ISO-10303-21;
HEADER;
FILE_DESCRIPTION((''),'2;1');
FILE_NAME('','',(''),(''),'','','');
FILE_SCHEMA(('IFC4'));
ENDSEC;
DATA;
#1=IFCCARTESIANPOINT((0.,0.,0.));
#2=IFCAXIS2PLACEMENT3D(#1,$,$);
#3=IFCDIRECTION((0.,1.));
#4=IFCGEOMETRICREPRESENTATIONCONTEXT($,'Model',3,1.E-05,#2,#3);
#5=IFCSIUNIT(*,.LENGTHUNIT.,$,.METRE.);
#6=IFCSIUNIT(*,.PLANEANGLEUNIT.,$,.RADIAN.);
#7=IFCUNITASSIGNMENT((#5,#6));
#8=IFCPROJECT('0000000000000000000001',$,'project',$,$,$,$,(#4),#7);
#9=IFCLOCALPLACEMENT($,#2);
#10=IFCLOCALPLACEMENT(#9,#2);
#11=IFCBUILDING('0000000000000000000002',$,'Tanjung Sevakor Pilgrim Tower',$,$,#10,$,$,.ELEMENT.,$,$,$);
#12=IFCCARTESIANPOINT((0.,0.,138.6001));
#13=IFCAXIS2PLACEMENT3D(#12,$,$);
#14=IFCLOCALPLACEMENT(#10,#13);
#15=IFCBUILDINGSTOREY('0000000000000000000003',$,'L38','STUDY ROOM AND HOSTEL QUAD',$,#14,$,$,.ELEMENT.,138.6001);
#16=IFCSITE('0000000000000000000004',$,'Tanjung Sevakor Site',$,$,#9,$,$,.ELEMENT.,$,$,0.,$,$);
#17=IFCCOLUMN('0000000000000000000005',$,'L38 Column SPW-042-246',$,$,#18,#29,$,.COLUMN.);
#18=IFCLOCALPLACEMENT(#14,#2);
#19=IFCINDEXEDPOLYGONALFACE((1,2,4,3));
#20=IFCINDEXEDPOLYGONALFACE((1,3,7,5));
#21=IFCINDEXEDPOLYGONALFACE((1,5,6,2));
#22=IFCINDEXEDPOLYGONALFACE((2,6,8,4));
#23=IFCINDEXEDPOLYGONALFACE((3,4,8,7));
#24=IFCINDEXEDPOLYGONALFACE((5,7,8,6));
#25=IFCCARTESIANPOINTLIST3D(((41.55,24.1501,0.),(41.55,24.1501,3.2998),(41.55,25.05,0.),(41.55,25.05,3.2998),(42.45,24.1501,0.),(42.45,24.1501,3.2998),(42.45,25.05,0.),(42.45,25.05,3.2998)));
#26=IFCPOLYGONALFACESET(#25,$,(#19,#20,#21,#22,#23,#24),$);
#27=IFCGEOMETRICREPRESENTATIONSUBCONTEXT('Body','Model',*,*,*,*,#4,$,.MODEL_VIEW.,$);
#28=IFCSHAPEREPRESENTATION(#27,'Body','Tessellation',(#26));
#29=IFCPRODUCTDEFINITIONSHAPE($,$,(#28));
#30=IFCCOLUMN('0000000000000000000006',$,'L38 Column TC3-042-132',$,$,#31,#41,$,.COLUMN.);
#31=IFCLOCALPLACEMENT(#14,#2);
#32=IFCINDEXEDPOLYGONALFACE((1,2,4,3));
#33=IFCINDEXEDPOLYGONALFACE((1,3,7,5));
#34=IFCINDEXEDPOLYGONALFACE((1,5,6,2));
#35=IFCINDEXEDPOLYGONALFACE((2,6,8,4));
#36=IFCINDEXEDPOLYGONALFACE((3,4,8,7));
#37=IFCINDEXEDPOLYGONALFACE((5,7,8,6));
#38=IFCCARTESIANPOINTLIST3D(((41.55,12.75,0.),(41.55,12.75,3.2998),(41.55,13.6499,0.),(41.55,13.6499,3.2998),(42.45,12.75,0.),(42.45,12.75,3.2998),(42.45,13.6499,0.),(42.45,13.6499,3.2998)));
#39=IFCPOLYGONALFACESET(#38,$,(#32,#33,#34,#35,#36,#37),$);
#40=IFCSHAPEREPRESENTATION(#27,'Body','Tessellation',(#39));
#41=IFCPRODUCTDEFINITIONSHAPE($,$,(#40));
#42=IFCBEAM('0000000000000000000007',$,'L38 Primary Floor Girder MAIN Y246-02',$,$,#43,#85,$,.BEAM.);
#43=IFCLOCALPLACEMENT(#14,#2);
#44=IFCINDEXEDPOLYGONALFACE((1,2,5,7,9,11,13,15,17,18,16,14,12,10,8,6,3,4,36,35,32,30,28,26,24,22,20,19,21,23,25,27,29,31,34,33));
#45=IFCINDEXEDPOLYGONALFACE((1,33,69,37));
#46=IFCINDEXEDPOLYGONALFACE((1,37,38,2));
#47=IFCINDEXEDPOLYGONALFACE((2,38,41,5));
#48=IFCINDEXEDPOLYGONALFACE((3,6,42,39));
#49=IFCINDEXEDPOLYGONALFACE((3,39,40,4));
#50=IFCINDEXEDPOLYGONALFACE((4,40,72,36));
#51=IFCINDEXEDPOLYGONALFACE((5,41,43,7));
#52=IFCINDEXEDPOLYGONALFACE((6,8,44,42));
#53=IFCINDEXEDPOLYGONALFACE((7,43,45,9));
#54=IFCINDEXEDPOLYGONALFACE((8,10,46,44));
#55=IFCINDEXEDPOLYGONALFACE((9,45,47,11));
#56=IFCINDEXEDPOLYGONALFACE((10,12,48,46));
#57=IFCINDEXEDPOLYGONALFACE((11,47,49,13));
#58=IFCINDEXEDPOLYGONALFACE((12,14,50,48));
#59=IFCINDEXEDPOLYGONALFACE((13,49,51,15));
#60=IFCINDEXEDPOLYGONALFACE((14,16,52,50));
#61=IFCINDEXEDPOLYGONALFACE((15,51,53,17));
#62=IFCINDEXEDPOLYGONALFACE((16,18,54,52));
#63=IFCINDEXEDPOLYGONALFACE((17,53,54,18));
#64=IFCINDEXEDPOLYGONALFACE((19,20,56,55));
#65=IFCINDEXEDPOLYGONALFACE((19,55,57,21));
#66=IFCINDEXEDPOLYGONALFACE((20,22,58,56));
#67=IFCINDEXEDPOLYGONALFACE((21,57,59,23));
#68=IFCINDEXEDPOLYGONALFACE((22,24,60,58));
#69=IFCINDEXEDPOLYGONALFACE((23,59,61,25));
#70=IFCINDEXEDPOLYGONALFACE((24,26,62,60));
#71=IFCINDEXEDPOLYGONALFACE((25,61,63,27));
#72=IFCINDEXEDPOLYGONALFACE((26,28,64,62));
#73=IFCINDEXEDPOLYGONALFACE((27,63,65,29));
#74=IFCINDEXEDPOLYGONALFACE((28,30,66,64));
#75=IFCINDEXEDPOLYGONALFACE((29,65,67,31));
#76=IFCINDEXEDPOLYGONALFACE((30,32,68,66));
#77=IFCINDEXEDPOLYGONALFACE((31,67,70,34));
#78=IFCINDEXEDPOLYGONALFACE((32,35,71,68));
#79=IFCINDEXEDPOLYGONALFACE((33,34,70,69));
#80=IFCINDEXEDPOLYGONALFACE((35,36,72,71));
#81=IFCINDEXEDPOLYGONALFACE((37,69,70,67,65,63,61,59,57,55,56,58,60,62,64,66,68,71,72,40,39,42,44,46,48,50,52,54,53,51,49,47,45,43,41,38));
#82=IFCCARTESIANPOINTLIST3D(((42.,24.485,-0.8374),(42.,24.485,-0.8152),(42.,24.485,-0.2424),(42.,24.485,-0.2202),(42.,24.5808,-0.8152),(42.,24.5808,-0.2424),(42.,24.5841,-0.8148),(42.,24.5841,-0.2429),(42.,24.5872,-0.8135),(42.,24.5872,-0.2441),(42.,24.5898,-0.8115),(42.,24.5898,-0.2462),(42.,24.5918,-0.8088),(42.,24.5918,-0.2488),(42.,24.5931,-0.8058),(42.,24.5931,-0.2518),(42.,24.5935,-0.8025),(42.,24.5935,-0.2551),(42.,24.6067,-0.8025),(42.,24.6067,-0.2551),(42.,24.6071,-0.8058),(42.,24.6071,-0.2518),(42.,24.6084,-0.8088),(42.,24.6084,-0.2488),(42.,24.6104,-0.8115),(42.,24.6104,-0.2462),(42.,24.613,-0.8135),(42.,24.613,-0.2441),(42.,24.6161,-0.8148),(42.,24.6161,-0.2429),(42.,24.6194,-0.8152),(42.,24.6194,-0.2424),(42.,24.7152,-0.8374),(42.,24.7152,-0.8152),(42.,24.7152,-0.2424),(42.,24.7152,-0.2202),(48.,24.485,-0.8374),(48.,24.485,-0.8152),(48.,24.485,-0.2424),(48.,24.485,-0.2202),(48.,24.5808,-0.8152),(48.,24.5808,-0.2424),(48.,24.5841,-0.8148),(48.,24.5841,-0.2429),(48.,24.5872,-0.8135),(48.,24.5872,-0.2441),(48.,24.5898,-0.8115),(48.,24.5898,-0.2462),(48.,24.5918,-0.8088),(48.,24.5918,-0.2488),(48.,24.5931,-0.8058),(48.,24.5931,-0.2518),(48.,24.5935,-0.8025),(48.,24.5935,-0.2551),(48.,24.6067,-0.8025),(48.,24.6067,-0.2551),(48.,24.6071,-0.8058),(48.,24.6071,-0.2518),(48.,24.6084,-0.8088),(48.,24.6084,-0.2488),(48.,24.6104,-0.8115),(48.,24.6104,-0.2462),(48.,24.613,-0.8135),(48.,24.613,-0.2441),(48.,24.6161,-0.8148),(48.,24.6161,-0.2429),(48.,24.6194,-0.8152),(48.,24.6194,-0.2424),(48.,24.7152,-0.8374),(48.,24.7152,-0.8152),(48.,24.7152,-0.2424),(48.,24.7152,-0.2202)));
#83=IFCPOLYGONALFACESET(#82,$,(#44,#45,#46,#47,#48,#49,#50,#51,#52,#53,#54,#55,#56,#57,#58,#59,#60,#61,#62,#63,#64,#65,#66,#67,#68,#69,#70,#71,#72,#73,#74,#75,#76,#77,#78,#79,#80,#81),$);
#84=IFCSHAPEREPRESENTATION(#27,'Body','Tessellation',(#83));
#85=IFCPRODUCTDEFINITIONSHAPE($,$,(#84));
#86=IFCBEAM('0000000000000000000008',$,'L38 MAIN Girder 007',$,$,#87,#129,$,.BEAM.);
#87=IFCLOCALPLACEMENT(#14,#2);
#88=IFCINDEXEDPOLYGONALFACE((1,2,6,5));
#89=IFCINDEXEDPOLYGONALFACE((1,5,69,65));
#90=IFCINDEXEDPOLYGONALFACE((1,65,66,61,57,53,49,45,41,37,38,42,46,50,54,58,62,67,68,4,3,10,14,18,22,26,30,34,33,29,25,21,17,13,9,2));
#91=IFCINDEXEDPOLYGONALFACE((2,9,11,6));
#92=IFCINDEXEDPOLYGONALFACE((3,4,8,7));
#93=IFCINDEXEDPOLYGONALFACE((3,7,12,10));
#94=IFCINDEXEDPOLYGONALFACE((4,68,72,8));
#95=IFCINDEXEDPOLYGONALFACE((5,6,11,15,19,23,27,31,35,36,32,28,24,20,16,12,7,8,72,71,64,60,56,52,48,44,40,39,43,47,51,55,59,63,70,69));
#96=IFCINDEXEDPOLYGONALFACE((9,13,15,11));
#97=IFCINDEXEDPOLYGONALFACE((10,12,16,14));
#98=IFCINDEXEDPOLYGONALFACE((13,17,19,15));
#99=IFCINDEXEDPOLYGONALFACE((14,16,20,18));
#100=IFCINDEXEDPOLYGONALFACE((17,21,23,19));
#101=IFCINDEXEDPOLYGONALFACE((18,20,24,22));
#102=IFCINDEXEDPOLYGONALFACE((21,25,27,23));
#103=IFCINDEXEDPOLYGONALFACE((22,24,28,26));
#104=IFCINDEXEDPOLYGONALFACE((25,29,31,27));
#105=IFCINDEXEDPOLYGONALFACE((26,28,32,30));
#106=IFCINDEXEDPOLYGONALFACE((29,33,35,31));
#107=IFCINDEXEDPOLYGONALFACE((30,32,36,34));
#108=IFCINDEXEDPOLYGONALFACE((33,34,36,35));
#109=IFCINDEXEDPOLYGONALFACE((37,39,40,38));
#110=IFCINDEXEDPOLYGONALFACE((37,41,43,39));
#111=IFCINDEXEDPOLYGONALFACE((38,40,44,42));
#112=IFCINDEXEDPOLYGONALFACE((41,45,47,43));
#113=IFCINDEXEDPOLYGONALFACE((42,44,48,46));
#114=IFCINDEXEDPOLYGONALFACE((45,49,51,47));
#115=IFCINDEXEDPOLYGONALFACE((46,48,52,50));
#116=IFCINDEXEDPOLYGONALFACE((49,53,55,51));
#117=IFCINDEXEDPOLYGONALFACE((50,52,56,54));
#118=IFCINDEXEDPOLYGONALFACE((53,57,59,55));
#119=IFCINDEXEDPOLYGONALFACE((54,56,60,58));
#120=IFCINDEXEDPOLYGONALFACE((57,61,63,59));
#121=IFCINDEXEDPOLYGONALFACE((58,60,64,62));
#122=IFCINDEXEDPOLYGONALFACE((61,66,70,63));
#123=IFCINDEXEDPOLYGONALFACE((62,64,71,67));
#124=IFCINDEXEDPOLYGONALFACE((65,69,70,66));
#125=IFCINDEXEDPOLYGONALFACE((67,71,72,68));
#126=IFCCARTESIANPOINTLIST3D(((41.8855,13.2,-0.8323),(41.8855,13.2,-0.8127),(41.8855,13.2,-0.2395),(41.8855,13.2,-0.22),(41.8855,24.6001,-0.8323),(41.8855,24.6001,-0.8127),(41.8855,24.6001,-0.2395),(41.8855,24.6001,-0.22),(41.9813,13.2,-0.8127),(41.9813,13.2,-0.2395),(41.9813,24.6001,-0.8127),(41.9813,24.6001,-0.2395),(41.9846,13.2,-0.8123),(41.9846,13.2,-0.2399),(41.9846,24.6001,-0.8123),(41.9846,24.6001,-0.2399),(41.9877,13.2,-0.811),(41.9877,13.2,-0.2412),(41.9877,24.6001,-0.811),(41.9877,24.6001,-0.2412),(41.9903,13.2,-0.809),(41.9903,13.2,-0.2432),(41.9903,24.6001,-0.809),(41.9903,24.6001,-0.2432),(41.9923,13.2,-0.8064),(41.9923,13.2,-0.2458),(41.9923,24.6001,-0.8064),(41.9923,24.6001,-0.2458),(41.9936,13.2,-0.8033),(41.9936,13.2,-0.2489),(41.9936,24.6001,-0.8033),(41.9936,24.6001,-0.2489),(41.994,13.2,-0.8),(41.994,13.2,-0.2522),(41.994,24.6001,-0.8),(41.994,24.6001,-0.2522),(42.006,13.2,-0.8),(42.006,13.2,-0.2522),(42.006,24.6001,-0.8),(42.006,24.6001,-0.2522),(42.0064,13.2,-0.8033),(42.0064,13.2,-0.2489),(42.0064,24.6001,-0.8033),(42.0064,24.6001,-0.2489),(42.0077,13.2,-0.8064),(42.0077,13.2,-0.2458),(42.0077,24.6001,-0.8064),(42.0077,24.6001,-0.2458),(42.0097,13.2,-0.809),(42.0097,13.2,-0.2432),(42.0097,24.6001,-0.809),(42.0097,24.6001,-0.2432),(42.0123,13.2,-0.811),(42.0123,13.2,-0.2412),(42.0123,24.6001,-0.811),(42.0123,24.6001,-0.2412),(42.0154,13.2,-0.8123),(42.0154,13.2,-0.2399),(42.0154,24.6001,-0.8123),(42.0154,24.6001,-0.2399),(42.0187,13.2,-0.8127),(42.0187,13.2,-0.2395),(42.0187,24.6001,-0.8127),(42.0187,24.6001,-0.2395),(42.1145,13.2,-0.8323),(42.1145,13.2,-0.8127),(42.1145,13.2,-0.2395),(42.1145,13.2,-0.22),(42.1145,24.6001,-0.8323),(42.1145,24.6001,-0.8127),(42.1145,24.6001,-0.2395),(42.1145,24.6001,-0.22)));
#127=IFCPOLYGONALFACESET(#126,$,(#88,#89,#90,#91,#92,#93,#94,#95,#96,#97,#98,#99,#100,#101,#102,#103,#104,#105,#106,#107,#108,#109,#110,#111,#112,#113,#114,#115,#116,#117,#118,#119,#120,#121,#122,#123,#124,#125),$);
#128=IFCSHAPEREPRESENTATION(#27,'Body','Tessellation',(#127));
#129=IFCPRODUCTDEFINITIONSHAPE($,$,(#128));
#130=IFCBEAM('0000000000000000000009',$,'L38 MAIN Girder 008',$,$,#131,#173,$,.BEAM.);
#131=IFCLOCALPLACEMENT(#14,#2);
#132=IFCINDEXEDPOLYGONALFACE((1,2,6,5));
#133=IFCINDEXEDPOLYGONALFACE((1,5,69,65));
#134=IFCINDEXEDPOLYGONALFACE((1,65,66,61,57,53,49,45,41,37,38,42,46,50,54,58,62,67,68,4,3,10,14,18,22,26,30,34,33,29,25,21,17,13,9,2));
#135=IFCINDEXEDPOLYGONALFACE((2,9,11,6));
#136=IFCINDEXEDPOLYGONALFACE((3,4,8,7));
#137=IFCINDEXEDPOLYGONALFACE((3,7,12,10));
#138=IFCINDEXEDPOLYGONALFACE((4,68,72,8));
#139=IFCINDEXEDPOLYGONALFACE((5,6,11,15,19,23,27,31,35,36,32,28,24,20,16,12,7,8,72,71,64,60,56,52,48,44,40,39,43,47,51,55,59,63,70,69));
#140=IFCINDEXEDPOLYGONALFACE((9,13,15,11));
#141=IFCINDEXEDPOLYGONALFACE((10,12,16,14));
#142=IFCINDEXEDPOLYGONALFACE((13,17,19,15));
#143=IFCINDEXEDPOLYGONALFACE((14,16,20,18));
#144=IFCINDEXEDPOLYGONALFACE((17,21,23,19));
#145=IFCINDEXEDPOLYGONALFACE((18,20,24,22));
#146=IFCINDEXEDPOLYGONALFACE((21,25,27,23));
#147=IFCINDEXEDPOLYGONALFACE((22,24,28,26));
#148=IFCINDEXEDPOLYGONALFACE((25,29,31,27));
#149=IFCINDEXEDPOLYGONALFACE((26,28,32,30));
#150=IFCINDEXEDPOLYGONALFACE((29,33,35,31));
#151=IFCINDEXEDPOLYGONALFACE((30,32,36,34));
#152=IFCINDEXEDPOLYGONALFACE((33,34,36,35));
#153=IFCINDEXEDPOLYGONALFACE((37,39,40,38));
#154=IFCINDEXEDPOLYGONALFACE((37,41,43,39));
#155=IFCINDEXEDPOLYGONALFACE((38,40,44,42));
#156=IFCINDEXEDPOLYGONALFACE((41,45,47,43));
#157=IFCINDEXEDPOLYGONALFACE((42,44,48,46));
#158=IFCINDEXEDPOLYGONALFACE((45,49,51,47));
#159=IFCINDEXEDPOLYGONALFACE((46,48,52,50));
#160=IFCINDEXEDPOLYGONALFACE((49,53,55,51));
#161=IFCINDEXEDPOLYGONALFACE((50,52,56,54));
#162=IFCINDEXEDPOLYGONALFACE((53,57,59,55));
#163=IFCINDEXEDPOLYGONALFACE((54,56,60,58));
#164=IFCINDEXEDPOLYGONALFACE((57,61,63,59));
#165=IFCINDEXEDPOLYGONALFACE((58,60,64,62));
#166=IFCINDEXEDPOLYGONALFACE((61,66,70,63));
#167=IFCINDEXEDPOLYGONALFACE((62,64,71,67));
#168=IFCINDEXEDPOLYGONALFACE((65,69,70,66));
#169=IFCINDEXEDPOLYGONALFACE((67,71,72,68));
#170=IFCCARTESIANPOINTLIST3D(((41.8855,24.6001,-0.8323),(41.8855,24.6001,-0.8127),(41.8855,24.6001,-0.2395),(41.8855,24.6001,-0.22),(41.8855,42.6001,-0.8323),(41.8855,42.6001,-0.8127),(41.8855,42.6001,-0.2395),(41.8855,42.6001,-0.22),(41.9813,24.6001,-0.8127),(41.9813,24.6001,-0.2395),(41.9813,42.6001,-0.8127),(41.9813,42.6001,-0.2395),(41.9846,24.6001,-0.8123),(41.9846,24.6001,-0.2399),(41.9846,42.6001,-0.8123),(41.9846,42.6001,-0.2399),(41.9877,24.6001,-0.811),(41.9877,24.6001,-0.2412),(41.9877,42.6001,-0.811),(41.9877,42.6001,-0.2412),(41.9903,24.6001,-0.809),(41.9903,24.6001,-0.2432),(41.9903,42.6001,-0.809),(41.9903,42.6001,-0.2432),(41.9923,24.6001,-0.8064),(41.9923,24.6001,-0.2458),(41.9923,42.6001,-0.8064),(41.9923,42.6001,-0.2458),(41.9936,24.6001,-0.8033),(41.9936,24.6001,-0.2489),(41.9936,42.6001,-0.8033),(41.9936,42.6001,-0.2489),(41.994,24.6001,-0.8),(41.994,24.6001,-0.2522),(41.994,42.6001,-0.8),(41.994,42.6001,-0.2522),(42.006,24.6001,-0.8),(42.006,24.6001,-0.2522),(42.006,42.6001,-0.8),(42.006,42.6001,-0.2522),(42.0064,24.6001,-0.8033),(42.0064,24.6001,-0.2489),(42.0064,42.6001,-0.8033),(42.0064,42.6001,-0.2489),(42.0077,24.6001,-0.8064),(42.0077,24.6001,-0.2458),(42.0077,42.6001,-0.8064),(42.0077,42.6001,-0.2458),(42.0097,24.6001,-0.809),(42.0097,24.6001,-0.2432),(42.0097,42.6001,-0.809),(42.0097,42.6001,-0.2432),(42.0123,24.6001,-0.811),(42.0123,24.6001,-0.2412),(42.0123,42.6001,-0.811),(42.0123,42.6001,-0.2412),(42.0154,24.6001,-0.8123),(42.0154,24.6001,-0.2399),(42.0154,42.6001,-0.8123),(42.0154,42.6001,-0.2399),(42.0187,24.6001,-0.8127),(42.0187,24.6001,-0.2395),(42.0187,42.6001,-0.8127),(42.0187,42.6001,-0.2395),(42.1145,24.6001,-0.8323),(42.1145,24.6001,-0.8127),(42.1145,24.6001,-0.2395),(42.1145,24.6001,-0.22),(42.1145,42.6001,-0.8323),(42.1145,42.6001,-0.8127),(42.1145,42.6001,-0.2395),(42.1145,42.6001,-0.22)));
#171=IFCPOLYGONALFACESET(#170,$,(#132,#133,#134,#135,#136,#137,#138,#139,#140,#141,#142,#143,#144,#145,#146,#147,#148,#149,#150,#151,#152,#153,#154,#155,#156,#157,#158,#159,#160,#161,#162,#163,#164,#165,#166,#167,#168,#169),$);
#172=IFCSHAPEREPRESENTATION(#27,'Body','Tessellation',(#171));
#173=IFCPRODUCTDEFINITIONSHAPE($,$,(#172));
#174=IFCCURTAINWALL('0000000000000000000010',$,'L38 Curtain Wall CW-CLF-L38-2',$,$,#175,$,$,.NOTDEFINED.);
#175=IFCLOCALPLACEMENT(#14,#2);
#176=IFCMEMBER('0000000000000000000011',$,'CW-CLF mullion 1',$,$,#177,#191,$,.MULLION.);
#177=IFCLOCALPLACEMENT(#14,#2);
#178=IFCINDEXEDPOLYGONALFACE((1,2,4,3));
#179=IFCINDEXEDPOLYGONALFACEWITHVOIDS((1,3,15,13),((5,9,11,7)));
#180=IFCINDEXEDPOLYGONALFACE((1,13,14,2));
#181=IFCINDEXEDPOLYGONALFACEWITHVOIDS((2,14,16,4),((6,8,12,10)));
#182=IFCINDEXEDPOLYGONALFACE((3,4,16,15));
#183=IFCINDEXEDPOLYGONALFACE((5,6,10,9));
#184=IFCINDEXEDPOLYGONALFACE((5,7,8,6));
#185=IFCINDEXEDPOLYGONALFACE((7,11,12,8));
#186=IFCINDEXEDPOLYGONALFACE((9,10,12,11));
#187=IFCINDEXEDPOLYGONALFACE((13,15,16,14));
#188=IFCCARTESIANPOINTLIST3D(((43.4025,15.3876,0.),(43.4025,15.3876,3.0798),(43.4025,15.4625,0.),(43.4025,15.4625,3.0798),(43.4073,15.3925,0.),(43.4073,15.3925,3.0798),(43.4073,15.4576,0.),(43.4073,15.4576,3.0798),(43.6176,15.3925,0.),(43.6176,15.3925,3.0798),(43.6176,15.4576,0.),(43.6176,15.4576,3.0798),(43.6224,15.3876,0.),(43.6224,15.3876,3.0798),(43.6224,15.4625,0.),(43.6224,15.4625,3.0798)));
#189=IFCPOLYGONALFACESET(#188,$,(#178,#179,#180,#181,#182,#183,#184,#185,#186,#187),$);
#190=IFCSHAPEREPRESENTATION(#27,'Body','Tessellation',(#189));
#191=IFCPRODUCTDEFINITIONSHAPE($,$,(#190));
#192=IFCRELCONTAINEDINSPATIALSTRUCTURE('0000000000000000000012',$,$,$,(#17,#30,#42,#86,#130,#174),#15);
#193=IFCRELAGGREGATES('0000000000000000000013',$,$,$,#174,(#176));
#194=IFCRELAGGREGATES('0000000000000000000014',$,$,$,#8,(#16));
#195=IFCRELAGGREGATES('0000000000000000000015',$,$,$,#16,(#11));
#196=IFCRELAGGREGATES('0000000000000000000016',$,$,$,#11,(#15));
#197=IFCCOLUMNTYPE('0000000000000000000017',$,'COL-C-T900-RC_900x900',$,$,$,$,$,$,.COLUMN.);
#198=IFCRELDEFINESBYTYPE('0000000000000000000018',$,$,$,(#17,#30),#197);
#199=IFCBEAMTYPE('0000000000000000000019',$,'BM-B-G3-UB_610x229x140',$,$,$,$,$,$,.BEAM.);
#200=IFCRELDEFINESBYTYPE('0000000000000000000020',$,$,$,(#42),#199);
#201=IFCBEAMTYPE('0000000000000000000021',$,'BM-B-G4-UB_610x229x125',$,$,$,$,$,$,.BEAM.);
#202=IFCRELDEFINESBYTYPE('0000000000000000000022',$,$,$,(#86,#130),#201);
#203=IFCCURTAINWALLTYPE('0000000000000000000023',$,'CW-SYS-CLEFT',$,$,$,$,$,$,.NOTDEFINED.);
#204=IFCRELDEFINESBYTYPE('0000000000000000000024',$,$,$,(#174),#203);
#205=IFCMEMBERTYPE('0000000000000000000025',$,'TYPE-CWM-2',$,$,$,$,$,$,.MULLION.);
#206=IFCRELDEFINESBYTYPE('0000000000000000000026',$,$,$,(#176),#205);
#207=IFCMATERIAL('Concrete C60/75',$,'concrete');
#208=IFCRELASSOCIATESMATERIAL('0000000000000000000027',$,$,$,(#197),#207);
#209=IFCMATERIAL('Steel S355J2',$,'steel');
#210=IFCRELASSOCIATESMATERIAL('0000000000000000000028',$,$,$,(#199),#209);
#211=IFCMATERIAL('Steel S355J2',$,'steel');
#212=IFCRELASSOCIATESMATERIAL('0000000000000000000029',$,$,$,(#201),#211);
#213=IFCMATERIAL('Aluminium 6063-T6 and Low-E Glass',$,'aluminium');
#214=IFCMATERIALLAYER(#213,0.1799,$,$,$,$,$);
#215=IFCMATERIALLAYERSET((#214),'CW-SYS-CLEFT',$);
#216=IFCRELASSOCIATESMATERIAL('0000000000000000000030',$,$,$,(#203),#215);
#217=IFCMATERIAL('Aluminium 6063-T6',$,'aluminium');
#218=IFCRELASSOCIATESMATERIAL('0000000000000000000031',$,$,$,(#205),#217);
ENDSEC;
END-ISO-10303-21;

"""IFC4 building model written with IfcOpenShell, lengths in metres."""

from ifc_helpers import new_model, si_unit, direction, frame, origin, origin_2d, place, context, subcontext, project, spatial, rectangle, hollow_rectangle, i_section, extrude, material, layer, layer_set, material_profile, profile_set, type_object, element, aggregate, save


model = new_model("IFC4")

# Units and contexts
model_context = context("Model", 3, precision=1e-05, world=origin(), true_north=direction((0.0, 1.0)))
body_context = subcontext(model_context, "Body", "Model", "MODEL_VIEW")
ifc_project = project(units=[si_unit("LENGTHUNIT", "METRE"), si_unit("PLANEANGLEUNIT", "RADIAN")], contexts=[model_context])

# Site, building, storey
site_placement = place(None, origin())
site = spatial("IfcSite", under=ifc_project, at=site_placement, Name="Tanjung Sevakor Site", CompositionType="ELEMENT", RefElevation=0.0)
building_placement = place(site_placement, origin())
building = spatial("IfcBuilding", under=site, at=building_placement, Name="Tanjung Sevakor Pilgrim Tower", CompositionType="ELEMENT")
storey_placement = place(building_placement, frame((0.0, 0.0, 138.6001)))
storey = spatial("IfcBuildingStorey", under=building, at=storey_placement, Name="L38", Description="STUDY ROOM AND HOSTEL QUAD", CompositionType="ELEMENT", Elevation=138.6001)

# Columns
ifc_material_1 = material(Name="Concrete C60/75", Category="concrete")
ifc_material_profile_1 = material_profile(ifc_material_1, rectangle(XDim=0.8999, YDim=0.8999, at=origin_2d()))
ifc_profile_set_1 = profile_set([ifc_material_profile_1], Name="Concrete C60/75")
column_type = type_object("IfcColumnType", Name="COL-C-T900-RC_900x900", PredefinedType="COLUMN", material=ifc_profile_set_1)
for number, where, z_axis, x_axis, name in (
    (1, (42.0, 24.6001, 0.0), (0.0, 0.0, 1.0), (1.0, 0.0, 0.0), "L38 Column SPW-042-246"),
    (2, (42.0, 13.2, 0.0), (0.0, 0.0, 1.0), (1.0, 0.0, 0.0), "L38 Column TC3-042-132"),
):
    element("IfcColumn", number, at=place(storey_placement, frame(where, z_axis=z_axis, x_axis=x_axis)), inside=storey, type_object=column_type, Name=name, PredefinedType="COLUMN", context=body_context, shape_type="SweptSolid", body=[
        extrude(rectangle(XDim=0.8999, YDim=0.8999, at=origin_2d()), origin(), (0.0, 0.0, 1.0), 3.2998),
    ])

# Beams
ifc_material_2 = material(Name="Steel S355J2", Category="steel")
ifc_material_profile_2 = material_profile(ifc_material_2, i_section(OverallWidth=0.2302, OverallDepth=0.6172, WebThickness=0.0132, FlangeThickness=0.0222, FilletRadius=0.0127, at=origin_2d()))
ifc_profile_set_2 = profile_set([ifc_material_profile_2], Name="Steel S355J2")
beam_type_1 = type_object("IfcBeamType", Name="BM-B-G3-UB_610x229x140", PredefinedType="BEAM", material=ifc_profile_set_2)
beam_1_placement = place(storey_placement, frame((42.0, 24.6001, -0.5288), z_axis=(1.0, 0.0, 0.0), x_axis=(0.0, 1.0, 0.0)))
element("IfcBeam", 3, at=beam_1_placement, inside=storey, type_object=beam_type_1, Name="L38 Primary Floor Girder MAIN Y246-02", PredefinedType="BEAM", context=body_context, shape_type="SweptSolid", body=[
    extrude(i_section(OverallWidth=0.2302, OverallDepth=0.6172, WebThickness=0.0132, FlangeThickness=0.0222, FilletRadius=0.0127, at=origin_2d()), origin(), (0.0, 0.0, 1.0), 6.0),
])
ifc_material_3 = material(Name="Steel S355J2", Category="steel")
ifc_material_profile_3 = material_profile(ifc_material_3, i_section(OverallWidth=0.229, OverallDepth=0.6123, WebThickness=0.012, FlangeThickness=0.0195, FilletRadius=0.0127, at=origin_2d()))
ifc_profile_set_3 = profile_set([ifc_material_profile_3], Name="Steel S355J2")
beam_type_2 = type_object("IfcBeamType", Name="BM-B-G4-UB_610x229x125", PredefinedType="BEAM", material=ifc_profile_set_3)
beam_2_placement = place(storey_placement, frame((42.0, 13.2, -0.5261), z_axis=(0.0, 1.0, 0.0), x_axis=(-1.0, 0.0, 0.0)))
element("IfcBeam", 4, at=beam_2_placement, inside=storey, type_object=beam_type_2, Name="L38 MAIN Girder 007", PredefinedType="BEAM", context=body_context, shape_type="SweptSolid", body=[
    extrude(i_section(OverallWidth=0.229, OverallDepth=0.6123, WebThickness=0.012, FlangeThickness=0.0195, FilletRadius=0.0127, at=origin_2d()), origin(), (0.0, 0.0, 1.0), 11.4001),
])
beam_3_placement = place(storey_placement, frame((42.0, 24.6001, -0.5261), z_axis=(0.0, 1.0, 0.0), x_axis=(-1.0, 0.0, 0.0)))
element("IfcBeam", 5, at=beam_3_placement, inside=storey, type_object=beam_type_2, Name="L38 MAIN Girder 008", PredefinedType="BEAM", context=body_context, shape_type="SweptSolid", body=[
    extrude(i_section(OverallWidth=0.229, OverallDepth=0.6123, WebThickness=0.012, FlangeThickness=0.0195, FilletRadius=0.0127, at=origin_2d()), origin(), (0.0, 0.0, 1.0), 18.0),
])

# Curtain wall, member
ifc_material_4 = material(Name="Aluminium 6063-T6 and Low-E Glass", Category="aluminium")
ifc_layer_1 = layer(ifc_material_4, 0.1799)
ifc_layer_set_1 = layer_set([ifc_layer_1], Name="CW-SYS-CLEFT")
curtain_wall_type = type_object("IfcCurtainWallType", Name="CW-SYS-CLEFT", PredefinedType="NOTDEFINED", material=ifc_layer_set_1)
curtain_wall_placement = place(storey_placement, origin())
curtain_wall = element("IfcCurtainWall", 6, at=curtain_wall_placement, inside=storey, type_object=curtain_wall_type, Name="L38 Curtain Wall CW-CLF-L38-2", PredefinedType="NOTDEFINED")
ifc_material_5 = material(Name="Aluminium 6063-T6", Category="aluminium")
ifc_material_profile_4 = material_profile(ifc_material_5, hollow_rectangle(XDim=0.075, YDim=0.22, WallThickness=0.0049, at=origin_2d()))
ifc_profile_set_4 = profile_set([ifc_material_profile_4], Name="Aluminium 6063-T6")
member_type_1 = type_object("IfcMemberType", Name="TYPE-CWM-2", PredefinedType="MULLION", material=ifc_profile_set_4)
member_1_placement = place(storey_placement, frame((43.5125, 15.425, 0.0), z_axis=(0.0, 0.0, 1.0), x_axis=(0.0, 1.0, 0.0)))
member_1 = element("IfcMember", 7, at=member_1_placement, type_object=member_type_1, Name="CW-CLF mullion 1", PredefinedType="MULLION", context=body_context, shape_type="SweptSolid", body=[
    extrude(hollow_rectangle(XDim=0.075, YDim=0.22, WallThickness=0.0049, at=origin_2d()), origin(), (0.0, 0.0, 1.0), 3.0798),
])
aggregate(curtain_wall, [member_1])

save(model, "model.ifc")
